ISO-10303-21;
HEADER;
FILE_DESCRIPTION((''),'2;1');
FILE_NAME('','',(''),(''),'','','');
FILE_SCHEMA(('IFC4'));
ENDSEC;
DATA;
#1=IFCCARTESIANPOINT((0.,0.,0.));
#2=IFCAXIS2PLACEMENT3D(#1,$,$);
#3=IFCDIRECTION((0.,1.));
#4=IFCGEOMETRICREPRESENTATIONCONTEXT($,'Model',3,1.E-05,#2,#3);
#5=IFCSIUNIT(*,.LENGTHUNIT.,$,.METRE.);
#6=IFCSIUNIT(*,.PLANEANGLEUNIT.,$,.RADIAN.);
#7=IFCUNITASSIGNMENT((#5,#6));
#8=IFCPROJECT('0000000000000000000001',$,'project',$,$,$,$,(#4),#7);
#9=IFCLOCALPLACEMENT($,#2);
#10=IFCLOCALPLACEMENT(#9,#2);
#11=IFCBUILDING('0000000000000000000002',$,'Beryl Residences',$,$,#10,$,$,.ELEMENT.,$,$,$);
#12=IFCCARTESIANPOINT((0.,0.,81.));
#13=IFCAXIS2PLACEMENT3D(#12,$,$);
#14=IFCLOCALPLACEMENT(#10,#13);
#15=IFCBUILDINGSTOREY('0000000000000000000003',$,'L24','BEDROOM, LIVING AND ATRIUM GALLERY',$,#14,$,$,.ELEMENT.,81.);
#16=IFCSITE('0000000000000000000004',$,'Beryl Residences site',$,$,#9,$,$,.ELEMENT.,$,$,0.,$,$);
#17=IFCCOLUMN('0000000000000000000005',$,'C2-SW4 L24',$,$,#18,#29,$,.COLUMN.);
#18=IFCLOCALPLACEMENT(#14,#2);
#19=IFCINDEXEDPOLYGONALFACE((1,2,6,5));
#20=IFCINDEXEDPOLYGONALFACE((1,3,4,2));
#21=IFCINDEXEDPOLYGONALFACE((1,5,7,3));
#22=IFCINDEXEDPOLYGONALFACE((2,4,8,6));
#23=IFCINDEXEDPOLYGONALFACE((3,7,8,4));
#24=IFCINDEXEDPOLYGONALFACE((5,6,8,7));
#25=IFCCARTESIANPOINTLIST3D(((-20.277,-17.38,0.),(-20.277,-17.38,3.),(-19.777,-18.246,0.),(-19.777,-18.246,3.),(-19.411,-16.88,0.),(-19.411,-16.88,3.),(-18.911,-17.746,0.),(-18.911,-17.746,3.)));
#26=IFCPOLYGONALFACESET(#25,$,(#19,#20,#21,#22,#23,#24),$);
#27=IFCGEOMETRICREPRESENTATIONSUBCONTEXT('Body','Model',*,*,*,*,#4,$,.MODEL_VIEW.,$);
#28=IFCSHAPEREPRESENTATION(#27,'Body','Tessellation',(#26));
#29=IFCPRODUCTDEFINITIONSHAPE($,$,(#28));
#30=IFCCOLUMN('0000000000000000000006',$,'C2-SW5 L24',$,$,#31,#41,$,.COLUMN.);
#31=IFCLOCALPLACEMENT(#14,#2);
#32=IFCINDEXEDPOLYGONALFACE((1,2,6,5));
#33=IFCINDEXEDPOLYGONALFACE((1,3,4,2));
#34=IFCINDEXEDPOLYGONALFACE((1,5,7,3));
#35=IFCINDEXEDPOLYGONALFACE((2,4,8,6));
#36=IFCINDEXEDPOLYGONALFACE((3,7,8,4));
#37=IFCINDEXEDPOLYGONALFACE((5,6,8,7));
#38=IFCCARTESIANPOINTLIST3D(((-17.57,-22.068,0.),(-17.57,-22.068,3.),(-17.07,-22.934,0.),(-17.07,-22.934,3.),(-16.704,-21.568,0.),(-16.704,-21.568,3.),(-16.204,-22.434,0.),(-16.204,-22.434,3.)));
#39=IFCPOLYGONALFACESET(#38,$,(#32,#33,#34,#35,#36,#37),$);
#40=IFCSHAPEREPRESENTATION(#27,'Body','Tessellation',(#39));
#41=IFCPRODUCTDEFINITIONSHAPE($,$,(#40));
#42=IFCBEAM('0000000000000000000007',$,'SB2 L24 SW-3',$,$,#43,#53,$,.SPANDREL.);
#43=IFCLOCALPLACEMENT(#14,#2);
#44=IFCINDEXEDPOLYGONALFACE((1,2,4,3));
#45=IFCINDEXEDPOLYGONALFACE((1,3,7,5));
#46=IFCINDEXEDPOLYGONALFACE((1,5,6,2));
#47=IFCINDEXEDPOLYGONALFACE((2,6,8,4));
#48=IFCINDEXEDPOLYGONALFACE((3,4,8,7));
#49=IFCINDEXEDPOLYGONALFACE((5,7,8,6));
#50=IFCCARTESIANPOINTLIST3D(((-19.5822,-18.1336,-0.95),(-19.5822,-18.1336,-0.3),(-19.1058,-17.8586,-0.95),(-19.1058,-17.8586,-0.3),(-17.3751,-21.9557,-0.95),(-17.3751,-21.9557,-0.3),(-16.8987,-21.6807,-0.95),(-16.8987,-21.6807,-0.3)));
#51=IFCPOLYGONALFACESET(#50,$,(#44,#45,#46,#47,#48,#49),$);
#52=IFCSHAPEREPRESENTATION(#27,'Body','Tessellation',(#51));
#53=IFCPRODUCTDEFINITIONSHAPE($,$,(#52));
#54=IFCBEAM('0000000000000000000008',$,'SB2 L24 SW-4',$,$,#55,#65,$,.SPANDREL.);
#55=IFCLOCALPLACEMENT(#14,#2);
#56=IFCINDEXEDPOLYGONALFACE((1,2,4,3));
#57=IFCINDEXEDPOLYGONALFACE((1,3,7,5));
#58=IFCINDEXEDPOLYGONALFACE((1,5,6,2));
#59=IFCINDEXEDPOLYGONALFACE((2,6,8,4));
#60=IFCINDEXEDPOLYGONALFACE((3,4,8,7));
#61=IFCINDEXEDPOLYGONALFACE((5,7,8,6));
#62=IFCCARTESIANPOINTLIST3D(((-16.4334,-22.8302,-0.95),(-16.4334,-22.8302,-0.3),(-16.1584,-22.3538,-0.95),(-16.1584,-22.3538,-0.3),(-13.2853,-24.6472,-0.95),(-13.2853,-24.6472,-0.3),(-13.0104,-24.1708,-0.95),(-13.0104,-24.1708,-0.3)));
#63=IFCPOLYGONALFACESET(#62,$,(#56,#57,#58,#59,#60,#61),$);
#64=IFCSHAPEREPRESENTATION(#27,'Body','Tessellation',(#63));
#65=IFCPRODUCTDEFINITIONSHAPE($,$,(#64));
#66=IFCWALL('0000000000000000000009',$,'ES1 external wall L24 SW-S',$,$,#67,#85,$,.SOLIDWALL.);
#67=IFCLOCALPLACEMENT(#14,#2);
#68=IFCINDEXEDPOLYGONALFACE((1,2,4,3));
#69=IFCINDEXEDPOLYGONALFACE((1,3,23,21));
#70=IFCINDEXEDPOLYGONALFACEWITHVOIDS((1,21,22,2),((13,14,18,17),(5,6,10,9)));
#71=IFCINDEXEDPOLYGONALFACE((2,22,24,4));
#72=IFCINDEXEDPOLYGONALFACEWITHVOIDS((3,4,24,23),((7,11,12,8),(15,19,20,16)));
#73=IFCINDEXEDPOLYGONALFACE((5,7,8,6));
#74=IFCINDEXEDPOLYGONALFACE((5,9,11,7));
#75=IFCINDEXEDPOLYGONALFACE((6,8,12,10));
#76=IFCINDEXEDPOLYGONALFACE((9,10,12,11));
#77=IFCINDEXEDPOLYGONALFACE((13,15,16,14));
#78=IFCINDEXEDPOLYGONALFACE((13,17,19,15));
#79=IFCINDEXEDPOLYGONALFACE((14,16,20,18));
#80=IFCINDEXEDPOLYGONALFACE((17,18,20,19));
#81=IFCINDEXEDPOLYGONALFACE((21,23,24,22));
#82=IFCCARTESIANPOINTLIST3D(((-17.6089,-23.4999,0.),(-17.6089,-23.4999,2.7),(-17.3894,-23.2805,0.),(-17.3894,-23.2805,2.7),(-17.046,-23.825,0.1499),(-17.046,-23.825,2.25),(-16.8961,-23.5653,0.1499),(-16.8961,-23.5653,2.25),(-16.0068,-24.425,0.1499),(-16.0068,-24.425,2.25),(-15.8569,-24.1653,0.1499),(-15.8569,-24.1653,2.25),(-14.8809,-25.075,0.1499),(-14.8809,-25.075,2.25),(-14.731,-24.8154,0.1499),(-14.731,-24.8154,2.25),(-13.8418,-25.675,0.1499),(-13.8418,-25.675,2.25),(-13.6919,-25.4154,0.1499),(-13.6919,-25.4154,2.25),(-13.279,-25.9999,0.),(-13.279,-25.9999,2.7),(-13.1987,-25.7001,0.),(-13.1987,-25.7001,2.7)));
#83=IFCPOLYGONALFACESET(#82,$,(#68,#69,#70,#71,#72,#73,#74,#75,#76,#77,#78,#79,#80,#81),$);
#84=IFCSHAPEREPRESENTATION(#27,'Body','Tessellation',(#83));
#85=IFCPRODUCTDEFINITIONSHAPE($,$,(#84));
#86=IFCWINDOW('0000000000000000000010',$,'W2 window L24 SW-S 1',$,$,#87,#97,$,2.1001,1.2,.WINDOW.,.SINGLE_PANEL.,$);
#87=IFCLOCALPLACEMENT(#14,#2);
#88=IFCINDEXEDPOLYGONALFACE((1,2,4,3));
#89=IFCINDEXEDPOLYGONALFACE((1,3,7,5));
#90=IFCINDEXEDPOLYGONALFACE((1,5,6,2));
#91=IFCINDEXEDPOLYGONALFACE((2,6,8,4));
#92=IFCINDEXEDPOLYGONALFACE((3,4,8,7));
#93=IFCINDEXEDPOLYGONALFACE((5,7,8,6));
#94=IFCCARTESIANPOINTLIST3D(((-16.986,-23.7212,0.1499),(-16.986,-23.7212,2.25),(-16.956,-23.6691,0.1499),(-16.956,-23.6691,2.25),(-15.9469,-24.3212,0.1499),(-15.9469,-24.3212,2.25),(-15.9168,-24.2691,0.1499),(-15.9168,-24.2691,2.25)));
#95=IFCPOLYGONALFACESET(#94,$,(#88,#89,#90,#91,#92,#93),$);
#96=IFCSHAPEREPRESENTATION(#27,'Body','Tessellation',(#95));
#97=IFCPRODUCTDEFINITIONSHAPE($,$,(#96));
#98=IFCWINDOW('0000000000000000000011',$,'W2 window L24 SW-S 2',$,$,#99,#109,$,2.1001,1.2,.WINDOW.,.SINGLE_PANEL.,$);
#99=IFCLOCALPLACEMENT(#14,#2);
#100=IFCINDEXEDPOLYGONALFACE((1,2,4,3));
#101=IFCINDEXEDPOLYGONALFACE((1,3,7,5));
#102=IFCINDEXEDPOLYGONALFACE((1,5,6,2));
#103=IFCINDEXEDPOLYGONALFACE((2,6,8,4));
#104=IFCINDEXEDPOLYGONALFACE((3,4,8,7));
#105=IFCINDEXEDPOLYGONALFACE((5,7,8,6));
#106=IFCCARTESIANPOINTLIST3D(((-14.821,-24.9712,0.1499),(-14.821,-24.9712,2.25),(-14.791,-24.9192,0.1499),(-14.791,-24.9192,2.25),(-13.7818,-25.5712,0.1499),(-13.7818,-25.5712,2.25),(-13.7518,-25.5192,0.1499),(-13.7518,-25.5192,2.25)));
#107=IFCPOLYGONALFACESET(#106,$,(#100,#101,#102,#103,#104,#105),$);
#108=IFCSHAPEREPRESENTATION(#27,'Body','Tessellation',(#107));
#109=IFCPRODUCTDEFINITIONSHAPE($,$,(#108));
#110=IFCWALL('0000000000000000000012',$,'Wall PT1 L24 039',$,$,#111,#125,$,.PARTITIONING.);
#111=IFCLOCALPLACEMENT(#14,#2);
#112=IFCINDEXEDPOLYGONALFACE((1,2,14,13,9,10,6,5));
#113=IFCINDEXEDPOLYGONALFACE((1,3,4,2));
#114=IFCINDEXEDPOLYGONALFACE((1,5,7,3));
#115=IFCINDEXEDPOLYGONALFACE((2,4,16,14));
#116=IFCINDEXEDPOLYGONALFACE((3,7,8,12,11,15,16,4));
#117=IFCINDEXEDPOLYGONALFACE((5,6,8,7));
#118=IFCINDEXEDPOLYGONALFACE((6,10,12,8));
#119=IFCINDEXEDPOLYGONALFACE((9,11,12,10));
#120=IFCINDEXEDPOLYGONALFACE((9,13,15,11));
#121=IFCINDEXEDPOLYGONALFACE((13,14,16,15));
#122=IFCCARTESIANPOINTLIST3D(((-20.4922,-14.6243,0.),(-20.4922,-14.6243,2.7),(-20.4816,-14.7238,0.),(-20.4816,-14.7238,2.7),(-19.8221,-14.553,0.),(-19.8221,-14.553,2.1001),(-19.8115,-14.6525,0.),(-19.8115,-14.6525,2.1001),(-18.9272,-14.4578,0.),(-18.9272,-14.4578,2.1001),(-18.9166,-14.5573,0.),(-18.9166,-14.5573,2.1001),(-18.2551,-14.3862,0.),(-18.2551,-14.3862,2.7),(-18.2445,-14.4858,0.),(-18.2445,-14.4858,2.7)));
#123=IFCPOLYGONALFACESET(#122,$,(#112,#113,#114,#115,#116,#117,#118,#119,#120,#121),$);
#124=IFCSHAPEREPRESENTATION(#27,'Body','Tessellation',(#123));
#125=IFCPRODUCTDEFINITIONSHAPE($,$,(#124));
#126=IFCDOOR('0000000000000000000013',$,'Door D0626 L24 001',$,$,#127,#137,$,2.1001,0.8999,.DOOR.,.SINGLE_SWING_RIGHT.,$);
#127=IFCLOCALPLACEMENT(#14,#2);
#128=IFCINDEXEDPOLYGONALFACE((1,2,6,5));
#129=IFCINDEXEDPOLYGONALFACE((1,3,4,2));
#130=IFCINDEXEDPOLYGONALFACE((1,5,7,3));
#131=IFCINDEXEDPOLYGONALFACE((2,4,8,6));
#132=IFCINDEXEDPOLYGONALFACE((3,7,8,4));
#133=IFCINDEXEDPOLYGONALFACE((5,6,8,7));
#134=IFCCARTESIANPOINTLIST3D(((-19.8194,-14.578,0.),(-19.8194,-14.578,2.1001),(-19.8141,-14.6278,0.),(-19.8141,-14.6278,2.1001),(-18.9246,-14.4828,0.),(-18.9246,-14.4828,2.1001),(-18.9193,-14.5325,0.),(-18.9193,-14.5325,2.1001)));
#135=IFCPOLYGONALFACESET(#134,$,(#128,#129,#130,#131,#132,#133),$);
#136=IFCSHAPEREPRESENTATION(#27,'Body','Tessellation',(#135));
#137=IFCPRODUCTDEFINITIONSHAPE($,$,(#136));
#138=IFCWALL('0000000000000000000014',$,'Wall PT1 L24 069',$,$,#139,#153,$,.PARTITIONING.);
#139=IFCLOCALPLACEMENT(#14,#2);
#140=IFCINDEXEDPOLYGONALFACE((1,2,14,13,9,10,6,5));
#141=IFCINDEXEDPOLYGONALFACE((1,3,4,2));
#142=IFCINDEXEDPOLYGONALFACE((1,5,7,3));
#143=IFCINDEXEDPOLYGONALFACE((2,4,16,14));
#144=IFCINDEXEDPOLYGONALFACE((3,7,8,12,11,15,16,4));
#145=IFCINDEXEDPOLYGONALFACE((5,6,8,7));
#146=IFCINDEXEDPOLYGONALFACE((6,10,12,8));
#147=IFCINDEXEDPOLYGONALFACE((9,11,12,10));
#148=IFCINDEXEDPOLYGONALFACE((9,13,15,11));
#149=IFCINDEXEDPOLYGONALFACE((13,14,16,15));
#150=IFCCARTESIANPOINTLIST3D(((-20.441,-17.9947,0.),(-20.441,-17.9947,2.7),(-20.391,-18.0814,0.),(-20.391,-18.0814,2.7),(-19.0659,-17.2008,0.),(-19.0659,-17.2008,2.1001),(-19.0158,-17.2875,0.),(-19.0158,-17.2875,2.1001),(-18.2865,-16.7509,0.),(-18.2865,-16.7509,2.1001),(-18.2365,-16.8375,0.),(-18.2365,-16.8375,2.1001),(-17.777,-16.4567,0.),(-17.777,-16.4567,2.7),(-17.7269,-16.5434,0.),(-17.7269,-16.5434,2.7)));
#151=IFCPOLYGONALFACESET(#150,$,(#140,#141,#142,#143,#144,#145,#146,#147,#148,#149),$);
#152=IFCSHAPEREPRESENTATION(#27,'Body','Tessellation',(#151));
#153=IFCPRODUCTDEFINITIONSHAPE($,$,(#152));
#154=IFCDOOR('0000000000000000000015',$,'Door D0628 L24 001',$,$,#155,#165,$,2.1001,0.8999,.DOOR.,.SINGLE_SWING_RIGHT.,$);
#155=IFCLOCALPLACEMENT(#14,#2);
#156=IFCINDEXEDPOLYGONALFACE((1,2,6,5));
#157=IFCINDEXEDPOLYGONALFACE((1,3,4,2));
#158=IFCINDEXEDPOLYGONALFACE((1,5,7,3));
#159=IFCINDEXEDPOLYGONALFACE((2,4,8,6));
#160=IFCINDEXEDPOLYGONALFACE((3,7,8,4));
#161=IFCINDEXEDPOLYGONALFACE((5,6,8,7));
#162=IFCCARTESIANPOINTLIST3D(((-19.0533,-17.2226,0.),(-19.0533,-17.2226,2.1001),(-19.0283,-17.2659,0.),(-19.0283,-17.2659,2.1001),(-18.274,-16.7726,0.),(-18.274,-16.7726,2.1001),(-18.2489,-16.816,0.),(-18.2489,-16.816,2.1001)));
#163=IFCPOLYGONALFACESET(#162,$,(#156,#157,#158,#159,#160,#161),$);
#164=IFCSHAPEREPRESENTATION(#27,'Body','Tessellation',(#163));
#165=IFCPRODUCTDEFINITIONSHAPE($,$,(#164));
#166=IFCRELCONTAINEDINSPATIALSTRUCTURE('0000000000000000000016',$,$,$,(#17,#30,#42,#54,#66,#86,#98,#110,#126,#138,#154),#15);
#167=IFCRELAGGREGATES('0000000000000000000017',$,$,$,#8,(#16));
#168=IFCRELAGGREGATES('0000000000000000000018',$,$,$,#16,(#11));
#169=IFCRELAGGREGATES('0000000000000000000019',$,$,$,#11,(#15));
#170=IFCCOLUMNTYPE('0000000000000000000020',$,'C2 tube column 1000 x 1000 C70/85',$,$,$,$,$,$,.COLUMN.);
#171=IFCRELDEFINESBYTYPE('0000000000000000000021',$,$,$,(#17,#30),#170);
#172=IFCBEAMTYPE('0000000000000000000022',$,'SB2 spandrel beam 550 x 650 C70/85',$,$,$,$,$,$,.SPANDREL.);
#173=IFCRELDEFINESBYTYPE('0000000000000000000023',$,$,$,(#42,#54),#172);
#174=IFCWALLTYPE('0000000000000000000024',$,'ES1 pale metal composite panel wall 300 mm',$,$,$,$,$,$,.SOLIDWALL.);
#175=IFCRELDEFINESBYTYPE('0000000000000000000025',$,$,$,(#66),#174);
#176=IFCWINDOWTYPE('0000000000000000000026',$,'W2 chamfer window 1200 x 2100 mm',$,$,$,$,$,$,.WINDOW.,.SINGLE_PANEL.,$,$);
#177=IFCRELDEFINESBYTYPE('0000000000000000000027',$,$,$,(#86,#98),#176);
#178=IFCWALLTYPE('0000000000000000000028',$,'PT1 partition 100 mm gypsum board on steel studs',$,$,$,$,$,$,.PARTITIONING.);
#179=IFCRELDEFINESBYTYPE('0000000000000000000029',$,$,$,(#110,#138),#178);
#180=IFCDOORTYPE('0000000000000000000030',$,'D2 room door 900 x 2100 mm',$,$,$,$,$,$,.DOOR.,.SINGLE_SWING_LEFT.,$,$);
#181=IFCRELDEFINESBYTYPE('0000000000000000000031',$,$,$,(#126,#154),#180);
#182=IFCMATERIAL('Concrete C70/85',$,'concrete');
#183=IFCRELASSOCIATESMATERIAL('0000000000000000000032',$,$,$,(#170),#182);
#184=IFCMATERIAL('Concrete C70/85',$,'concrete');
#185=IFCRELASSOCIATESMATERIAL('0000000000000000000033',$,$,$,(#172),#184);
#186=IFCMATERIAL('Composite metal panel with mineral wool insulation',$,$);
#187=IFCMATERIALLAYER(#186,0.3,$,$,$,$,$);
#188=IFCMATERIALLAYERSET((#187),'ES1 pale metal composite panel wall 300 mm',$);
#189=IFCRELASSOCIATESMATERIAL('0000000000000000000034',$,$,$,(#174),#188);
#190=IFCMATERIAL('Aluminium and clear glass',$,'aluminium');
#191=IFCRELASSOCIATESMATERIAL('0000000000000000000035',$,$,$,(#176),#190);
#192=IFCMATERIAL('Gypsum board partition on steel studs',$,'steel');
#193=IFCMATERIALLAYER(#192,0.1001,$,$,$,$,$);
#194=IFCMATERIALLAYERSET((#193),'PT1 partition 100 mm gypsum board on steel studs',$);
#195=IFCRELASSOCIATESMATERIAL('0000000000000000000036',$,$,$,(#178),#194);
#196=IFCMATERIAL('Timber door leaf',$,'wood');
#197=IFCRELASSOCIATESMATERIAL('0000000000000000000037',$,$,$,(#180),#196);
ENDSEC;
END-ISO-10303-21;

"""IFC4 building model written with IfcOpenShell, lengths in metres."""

from ifc_helpers import new_model, si_unit, direction, frame, frame_2d, origin, origin_2d, place, context, subcontext, project, spatial, polyline, rectangle, outline, extrude, material, layer, layer_set, material_profile, profile_set, type_object, element, fill, save


model = new_model("IFC4")

# Units and contexts
model_context = context("Model", 3, precision=1e-05, world=origin(), true_north=direction((0.0, 1.0)))
body_context = subcontext(model_context, "Body", "Model", "MODEL_VIEW")
ifc_project = project(units=[si_unit("LENGTHUNIT", "METRE"), si_unit("PLANEANGLEUNIT", "RADIAN")], contexts=[model_context])

# Site, building, storey
site_placement = place(None, origin())
site = spatial("IfcSite", under=ifc_project, at=site_placement, Name="Beryl Residences site", CompositionType="ELEMENT", RefElevation=0.0)
building_placement = place(site_placement, origin())
building = spatial("IfcBuilding", under=site, at=building_placement, Name="Beryl Residences", CompositionType="ELEMENT")
storey_placement = place(building_placement, frame((0.0, 0.0, 81.0)))
storey = spatial("IfcBuildingStorey", under=building, at=storey_placement, Name="L24", Description="BEDROOM, LIVING AND ATRIUM GALLERY", CompositionType="ELEMENT", Elevation=81.0)

# Columns
ifc_material_1 = material(Name="Concrete C70/85", Category="concrete")
ifc_material_profile_1 = material_profile(ifc_material_1, rectangle(XDim=1.0, YDim=1.0, at=origin_2d()))
ifc_profile_set_1 = profile_set([ifc_material_profile_1], Name="Concrete C70/85")
column_type = type_object("IfcColumnType", Name="C2 tube column 1000 x 1000 C70/85", PredefinedType="COLUMN", material=ifc_profile_set_1)
for number, where, z_axis, x_axis, name in (
    (1, (-19.594, -17.563, 0.0), (0.0, 0.0, 1.0), (0.5, -0.866025, 0.0), "C2-SW4 L24"),
    (2, (-16.887, -22.251, 0.0), (0.0, 0.0, 1.0), (0.5, -0.866025, 0.0), "C2-SW5 L24"),
):
    element("IfcColumn", number, at=place(storey_placement, frame(where, z_axis=z_axis, x_axis=x_axis)), inside=storey, type_object=column_type, Name=name, PredefinedType="COLUMN", context=body_context, shape_type="SweptSolid", body=[
        extrude(rectangle(XDim=1.0, YDim=1.0, at=origin_2d()), origin(), (0.0, 0.0, 1.0), 3.0),
    ])

# Beams
ifc_material_2 = material(Name="Concrete C70/85", Category="concrete")
ifc_material_profile_2 = material_profile(ifc_material_2, rectangle(XDim=0.55, YDim=0.6499, at=origin_2d()))
ifc_profile_set_2 = profile_set([ifc_material_profile_2], Name="Concrete C70/85")
beam_type = type_object("IfcBeamType", Name="SB2 spandrel beam 550 x 650 C70/85", PredefinedType="SPANDREL", material=ifc_profile_set_2)
beam_1_placement = place(storey_placement, frame((-19.344, -17.9961, -0.625), z_axis=(0.500066, -0.865988, 0.0), x_axis=(0.865988, 0.500066, 0.0)))
element("IfcBeam", 3, at=beam_1_placement, inside=storey, type_object=beam_type, Name="SB2 L24 SW-3", PredefinedType="SPANDREL", context=body_context, shape_type="SweptSolid", body=[
    extrude(rectangle(XDim=0.55, YDim=0.6499, at=origin_2d()), origin(), (0.0, 0.0, 1.0), 4.4136),
])
beam_2_placement = place(storey_placement, frame((-16.2959, -22.592, -0.625), z_axis=(0.866094, -0.499881, 0.0), x_axis=(0.499881, 0.866094, 0.0)))
element("IfcBeam", 4, at=beam_2_placement, inside=storey, type_object=beam_type, Name="SB2 L24 SW-4", PredefinedType="SPANDREL", context=body_context, shape_type="SweptSolid", body=[
    extrude(rectangle(XDim=0.55, YDim=0.6499, at=origin_2d()), origin(), (0.0, 0.0, 1.0), 3.6348),
])

# Wall, openings, windows
ifc_material_3 = material(Name="Composite metal panel with mineral wool insulation")
ifc_layer_1 = layer(ifc_material_3, 0.3)
ifc_layer_set_1 = layer_set([ifc_layer_1], Name="ES1 pale metal composite panel wall 300 mm")
wall_type_1 = type_object("IfcWallType", Name="ES1 pale metal composite panel wall 300 mm", PredefinedType="SOLIDWALL", material=ifc_layer_set_1)
wall_1_placement = place(storey_placement, frame((-17.5339, -23.3701, 0.0), z_axis=(0.0, 0.0, 1.0), x_axis=(0.866011, -0.500025, 0.0)))
wall_1 = element("IfcWall", 5, at=wall_1_placement, inside=storey, type_object=wall_type_1, Name="ES1 external wall L24 SW-S", PredefinedType="SOLIDWALL", context=body_context, shape_type="SweptSolid", body=[
    extrude(outline(polyline([(0.0, -0.1499), (4.9998, -0.1499), (4.9194, 0.1499), (0.0803, 0.1499), (0.0, -0.1499)])), origin(), (0.0, 0.0, 1.0), 2.7),
])
opening_1_placement = place(wall_1_placement, frame((0.6499, 0.0, 0.1499)))
opening_1 = element("IfcOpeningElement", 6, at=opening_1_placement, cuts=wall_1, PredefinedType="OPENING", context=body_context, shape_type="SweptSolid", body=[
    extrude(rectangle(XDim=1.2, YDim=2.1001, at=frame_2d((0.6001, 1.05))), frame((0.0, 0.1599, 0.0), z_axis=(0.0, -1.0, 0.0), x_axis=(1.0, 0.0, 0.0)), (0.0, 0.0, 1.0), 0.3201),
])
opening_2_placement = place(wall_1_placement, frame((3.1499, 0.0, 0.1499)))
opening_2 = element("IfcOpeningElement", 7, at=opening_2_placement, cuts=wall_1, PredefinedType="OPENING", context=body_context, shape_type="SweptSolid", body=[
    extrude(rectangle(XDim=1.2, YDim=2.1001, at=frame_2d((0.6001, 1.05))), frame((0.0, 0.1599, 0.0), z_axis=(0.0, -1.0, 0.0), x_axis=(1.0, 0.0, 0.0)), (0.0, 0.0, 1.0), 0.3201),
])
ifc_material_4 = material(Name="Aluminium and clear glass", Category="aluminium")
window_type = type_object("IfcWindowType", Name="W2 chamfer window 1200 x 2100 mm", PartitioningType="SINGLE_PANEL", PredefinedType="WINDOW", material=ifc_material_4)
window_1_placement = place(opening_1_placement, origin())
window_1 = element("IfcWindow", 8, at=window_1_placement, inside=storey, type_object=window_type, Name="W2 window L24 SW-S 1", OverallHeight=2.1001, OverallWidth=1.2, PartitioningType="SINGLE_PANEL", PredefinedType="WINDOW", context=body_context, shape_type="SweptSolid", body=[
    extrude(rectangle(XDim=1.2, YDim=2.1001, at=frame_2d((0.6001, 1.05))), frame((0.0, 0.03, 0.0), z_axis=(0.0, -1.0, 0.0), x_axis=(1.0, 0.0, 0.0)), (0.0, 0.0, 1.0), 0.0601),
])
fill(opening_1, window_1)
window_2_placement = place(opening_2_placement, origin())
window_2 = element("IfcWindow", 9, at=window_2_placement, inside=storey, type_object=window_type, Name="W2 window L24 SW-S 2", OverallHeight=2.1001, OverallWidth=1.2, PartitioningType="SINGLE_PANEL", PredefinedType="WINDOW", context=body_context, shape_type="SweptSolid", body=[
    extrude(rectangle(XDim=1.2, YDim=2.1001, at=frame_2d((0.6001, 1.05))), frame((0.0, 0.03, 0.0), z_axis=(0.0, -1.0, 0.0), x_axis=(1.0, 0.0, 0.0)), (0.0, 0.0, 1.0), 0.0601),
])
fill(opening_2, window_2)

# Walls, openings, doors
ifc_material_5 = material(Name="Gypsum board partition on steel studs", Category="steel")
ifc_layer_2 = layer(ifc_material_5, 0.1001)
ifc_layer_set_2 = layer_set([ifc_layer_2], Name="PT1 partition 100 mm gypsum board on steel studs")
wall_type_2 = type_object("IfcWallType", Name="PT1 partition 100 mm gypsum board on steel studs", PredefinedType="PARTITIONING", material=ifc_layer_set_2)
wall_2_placement = place(storey_placement, frame((-20.4871, -14.6741, 0.0), z_axis=(0.0, 0.0, 1.0), x_axis=(0.994386, 0.105809, 0.0)))
wall_2 = element("IfcWall", 10, at=wall_2_placement, inside=storey, type_object=wall_type_2, Name="Wall PT1 L24 039", PredefinedType="PARTITIONING", context=body_context, shape_type="SweptSolid", body=[
    extrude(rectangle(XDim=2.2498, YDim=0.1001, at=frame_2d((1.125, 0.0))), origin(), (0.0, 0.0, 1.0), 2.7),
])
opening_3_placement = place(wall_2_placement, frame((0.6741, 0.0, 0.0)))
opening_3 = element("IfcOpeningElement", 11, at=opening_3_placement, cuts=wall_2, PredefinedType="OPENING", context=body_context, shape_type="SweptSolid", body=[
    extrude(rectangle(XDim=0.8999, YDim=2.1001, at=frame_2d((0.45, 1.05))), frame((0.0, 0.0601, 0.0), z_axis=(0.0, -1.0, 0.0), x_axis=(1.0, 0.0, 0.0)), (0.0, 0.0, 1.0), 0.1201),
])
ifc_material_6 = material(Name="Timber door leaf", Category="wood")
door_type_1 = type_object("IfcDoorType", Name="D2 room door 900 x 2100 mm", OperationType="SINGLE_SWING_LEFT", PredefinedType="DOOR", material=ifc_material_6)
door_1_placement = place(opening_3_placement, origin())
door_1 = element("IfcDoor", 12, at=door_1_placement, inside=storey, type_object=door_type_1, Name="Door D0626 L24 001", OperationType="SINGLE_SWING_RIGHT", OverallHeight=2.1001, OverallWidth=0.8999, PredefinedType="DOOR", context=body_context, shape_type="SweptSolid", body=[
    extrude(rectangle(XDim=0.8999, YDim=2.1001, at=frame_2d((0.45, 1.05))), frame((0.0, 0.0249, 0.0), z_axis=(0.0, -1.0, 0.0), x_axis=(1.0, 0.0, 0.0)), (0.0, 0.0, 1.0), 0.05),
])
fill(opening_3, door_1)
wall_3_placement = place(storey_placement, frame((-20.416, -18.0381, 0.0), z_axis=(0.0, 0.0, 1.0), x_axis=(0.866027, 0.499997, 0.0)))
wall_3 = element("IfcWall", 13, at=wall_3_placement, inside=storey, type_object=wall_type_2, Name="Wall PT1 L24 069", PredefinedType="PARTITIONING", context=body_context, shape_type="SweptSolid", body=[
    extrude(rectangle(XDim=3.0762, YDim=0.1001, at=frame_2d((1.5381, 0.0))), origin(), (0.0, 0.0, 1.0), 2.7),
])
opening_4_placement = place(wall_3_placement, frame((1.5879, 0.0, 0.0)))
opening_4 = element("IfcOpeningElement", 14, at=opening_4_placement, cuts=wall_3, PredefinedType="OPENING", context=body_context, shape_type="SweptSolid", body=[
    extrude(rectangle(XDim=0.8999, YDim=2.1001, at=frame_2d((0.45, 1.05))), frame((0.0, 0.0601, 0.0), z_axis=(0.0, -1.0, 0.0), x_axis=(1.0, 0.0, 0.0)), (0.0, 0.0, 1.0), 0.1201),
])
door_2_placement = place(opening_4_placement, origin())
door_2 = element("IfcDoor", 15, at=door_2_placement, inside=storey, type_object=door_type_1, Name="Door D0628 L24 001", OperationType="SINGLE_SWING_RIGHT", OverallHeight=2.1001, OverallWidth=0.8999, PredefinedType="DOOR", context=body_context, shape_type="SweptSolid", body=[
    extrude(rectangle(XDim=0.8999, YDim=2.1001, at=frame_2d((0.45, 1.05))), frame((0.0, 0.0249, 0.0), z_axis=(0.0, -1.0, 0.0), x_axis=(1.0, 0.0, 0.0)), (0.0, 0.0, 1.0), 0.05),
])
fill(opening_4, door_2)

save(model, "model.ifc")
